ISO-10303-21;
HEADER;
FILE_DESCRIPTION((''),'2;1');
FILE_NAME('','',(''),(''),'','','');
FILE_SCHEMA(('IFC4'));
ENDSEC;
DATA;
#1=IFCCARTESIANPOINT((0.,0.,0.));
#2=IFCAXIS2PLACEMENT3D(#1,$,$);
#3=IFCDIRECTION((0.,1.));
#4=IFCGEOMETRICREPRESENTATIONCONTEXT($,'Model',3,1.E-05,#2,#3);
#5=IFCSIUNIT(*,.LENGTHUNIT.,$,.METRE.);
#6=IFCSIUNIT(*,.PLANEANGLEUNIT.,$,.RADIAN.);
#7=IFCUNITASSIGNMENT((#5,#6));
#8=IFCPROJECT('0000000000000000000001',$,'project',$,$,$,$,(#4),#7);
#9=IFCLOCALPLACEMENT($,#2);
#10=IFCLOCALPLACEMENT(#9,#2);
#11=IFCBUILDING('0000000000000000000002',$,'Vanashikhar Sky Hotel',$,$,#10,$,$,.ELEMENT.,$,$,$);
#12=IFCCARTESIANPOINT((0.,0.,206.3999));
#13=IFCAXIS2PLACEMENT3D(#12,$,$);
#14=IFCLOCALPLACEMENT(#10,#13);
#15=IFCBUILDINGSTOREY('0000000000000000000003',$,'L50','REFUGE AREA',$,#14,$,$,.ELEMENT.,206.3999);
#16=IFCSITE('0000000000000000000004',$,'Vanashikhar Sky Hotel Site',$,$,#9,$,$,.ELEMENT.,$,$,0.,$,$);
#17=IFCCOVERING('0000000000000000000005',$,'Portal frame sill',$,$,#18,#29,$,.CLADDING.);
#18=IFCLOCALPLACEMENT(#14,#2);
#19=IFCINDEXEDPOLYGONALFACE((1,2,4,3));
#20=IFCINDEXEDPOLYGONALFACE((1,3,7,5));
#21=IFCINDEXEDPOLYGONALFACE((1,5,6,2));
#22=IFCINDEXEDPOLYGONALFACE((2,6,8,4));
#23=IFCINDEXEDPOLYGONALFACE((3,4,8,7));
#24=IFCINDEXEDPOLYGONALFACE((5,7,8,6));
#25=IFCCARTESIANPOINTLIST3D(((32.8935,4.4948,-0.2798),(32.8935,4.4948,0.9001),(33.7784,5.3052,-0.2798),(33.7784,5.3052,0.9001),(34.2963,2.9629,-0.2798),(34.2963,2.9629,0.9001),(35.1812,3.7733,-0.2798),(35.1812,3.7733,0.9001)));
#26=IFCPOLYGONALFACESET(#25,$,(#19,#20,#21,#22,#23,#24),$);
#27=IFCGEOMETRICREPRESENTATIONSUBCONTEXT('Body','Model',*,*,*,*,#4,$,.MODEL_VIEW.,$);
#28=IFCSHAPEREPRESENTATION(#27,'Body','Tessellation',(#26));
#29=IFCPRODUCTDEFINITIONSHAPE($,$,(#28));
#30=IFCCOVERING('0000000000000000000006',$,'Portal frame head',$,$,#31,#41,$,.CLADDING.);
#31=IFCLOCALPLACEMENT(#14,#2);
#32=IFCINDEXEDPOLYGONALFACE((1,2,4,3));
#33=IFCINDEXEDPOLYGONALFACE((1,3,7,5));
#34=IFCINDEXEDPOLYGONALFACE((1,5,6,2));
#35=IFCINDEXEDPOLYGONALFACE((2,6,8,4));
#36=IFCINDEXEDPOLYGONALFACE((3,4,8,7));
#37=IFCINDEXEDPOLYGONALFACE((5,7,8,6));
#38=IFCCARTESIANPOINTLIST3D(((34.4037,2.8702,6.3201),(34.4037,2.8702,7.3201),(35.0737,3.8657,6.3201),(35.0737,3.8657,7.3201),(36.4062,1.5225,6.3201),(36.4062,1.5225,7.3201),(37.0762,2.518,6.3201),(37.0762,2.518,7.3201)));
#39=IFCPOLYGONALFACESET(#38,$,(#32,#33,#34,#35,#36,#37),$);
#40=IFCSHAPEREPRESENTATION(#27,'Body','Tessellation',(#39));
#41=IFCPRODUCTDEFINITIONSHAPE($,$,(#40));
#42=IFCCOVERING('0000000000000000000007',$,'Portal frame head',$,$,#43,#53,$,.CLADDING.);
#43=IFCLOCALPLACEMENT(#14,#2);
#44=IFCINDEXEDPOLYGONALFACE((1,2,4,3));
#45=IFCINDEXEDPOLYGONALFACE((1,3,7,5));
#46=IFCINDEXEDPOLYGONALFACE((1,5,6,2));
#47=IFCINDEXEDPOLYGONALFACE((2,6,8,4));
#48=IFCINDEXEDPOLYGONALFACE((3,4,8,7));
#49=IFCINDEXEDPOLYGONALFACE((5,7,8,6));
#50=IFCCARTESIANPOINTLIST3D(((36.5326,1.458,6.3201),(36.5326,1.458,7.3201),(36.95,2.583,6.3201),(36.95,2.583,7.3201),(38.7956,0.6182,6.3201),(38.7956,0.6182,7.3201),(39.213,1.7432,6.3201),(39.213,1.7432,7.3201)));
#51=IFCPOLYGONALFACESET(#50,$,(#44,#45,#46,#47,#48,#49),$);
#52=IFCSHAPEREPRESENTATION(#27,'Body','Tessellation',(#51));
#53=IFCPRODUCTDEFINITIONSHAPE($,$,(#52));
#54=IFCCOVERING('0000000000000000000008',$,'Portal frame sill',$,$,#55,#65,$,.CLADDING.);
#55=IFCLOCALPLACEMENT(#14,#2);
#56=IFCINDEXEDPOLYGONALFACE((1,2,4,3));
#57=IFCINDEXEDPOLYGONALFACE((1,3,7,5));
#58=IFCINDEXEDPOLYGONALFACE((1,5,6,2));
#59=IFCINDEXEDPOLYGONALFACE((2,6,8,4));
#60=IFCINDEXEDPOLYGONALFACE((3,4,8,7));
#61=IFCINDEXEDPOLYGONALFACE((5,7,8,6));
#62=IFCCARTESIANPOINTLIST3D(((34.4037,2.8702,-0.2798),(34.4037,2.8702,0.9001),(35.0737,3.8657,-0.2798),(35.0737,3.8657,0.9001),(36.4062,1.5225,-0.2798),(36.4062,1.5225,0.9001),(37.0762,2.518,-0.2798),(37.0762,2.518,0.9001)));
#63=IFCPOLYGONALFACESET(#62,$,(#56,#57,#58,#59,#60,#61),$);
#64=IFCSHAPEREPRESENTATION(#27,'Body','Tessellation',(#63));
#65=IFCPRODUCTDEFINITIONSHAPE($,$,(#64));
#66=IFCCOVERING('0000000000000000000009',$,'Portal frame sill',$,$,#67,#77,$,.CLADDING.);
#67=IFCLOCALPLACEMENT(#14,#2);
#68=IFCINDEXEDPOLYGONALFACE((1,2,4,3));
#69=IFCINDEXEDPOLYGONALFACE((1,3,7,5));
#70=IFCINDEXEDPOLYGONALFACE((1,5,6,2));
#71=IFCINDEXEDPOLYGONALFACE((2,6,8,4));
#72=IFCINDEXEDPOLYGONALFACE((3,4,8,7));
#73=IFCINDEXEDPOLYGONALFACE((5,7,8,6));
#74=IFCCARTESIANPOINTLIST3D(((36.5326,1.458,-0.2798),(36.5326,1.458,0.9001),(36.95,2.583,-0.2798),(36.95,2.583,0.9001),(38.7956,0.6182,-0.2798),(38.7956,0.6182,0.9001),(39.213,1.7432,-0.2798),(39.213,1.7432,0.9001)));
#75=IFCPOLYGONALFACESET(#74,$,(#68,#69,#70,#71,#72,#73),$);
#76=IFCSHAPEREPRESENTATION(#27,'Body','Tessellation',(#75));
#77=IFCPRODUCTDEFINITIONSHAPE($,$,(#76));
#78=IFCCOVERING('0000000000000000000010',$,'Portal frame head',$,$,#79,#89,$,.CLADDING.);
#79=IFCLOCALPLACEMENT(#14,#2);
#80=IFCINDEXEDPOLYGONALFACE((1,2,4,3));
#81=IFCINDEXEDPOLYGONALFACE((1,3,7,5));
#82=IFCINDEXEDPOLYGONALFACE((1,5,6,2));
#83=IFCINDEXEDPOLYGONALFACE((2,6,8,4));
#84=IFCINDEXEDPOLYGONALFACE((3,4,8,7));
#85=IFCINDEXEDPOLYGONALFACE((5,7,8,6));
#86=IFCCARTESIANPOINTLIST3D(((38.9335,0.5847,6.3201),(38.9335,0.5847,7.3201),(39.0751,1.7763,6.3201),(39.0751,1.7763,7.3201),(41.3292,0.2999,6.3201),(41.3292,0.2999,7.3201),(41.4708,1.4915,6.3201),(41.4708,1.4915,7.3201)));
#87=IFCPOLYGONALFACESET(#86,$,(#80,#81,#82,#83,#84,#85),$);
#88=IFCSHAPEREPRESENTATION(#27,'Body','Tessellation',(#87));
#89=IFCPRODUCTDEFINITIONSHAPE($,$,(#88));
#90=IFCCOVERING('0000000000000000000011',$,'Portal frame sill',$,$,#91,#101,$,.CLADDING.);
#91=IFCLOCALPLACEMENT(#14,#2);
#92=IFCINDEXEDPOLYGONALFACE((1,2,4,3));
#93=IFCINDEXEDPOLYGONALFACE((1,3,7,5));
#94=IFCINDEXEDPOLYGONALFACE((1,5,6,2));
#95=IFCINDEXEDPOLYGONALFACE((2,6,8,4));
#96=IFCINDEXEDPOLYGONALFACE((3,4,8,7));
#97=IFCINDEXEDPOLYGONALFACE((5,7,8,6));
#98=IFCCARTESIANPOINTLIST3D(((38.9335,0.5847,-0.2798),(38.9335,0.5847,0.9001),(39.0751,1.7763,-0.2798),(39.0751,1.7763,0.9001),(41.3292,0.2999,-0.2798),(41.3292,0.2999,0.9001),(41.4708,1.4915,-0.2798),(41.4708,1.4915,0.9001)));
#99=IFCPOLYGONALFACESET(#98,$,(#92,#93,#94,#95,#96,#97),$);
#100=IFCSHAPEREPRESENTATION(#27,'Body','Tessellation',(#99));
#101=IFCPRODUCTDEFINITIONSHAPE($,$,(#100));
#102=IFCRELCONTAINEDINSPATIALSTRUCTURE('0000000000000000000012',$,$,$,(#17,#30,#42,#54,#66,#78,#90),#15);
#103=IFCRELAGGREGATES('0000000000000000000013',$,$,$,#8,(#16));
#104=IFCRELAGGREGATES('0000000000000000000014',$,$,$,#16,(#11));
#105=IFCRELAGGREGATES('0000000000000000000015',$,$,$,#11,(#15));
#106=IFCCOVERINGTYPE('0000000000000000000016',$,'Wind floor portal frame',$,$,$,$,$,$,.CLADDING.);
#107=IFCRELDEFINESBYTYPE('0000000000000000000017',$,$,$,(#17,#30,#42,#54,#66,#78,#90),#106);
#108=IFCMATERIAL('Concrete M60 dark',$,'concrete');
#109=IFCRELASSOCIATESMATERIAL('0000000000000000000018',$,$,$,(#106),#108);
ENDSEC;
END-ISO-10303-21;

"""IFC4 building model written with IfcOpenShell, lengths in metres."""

from ifc_helpers import new_model, si_unit, direction, frame, origin, origin_2d, place, context, subcontext, project, spatial, rectangle, extrude, source, transform, mapped, material, type_object, element, save


model = new_model("IFC4")

# Units and contexts
model_context = context("Model", 3, precision=1e-05, world=origin(), true_north=direction((0.0, 1.0)))
body_context = subcontext(model_context, "Body", "Model", "MODEL_VIEW")
ifc_project = project(units=[si_unit("LENGTHUNIT", "METRE"), si_unit("PLANEANGLEUNIT", "RADIAN")], contexts=[model_context])

# Site, building, storey
site_placement = place(None, origin())
site = spatial("IfcSite", under=ifc_project, at=site_placement, Name="Vanashikhar Sky Hotel Site", CompositionType="ELEMENT", RefElevation=0.0)
building_placement = place(site_placement, origin())
building = spatial("IfcBuilding", under=site, at=building_placement, Name="Vanashikhar Sky Hotel", CompositionType="ELEMENT")
storey_placement = place(building_placement, frame((0.0, 0.0, 206.3999)))
storey = spatial("IfcBuildingStorey", under=building, at=storey_placement, Name="L50", Description="REFUGE AREA", CompositionType="ELEMENT", Elevation=206.3999)

# Coverings
ifc_material_1 = material(Name="Concrete M60 dark", Category="concrete")
covering_type = type_object("IfcCoveringType", Name="Wind floor portal frame", PredefinedType="CLADDING", material=ifc_material_1)
shared_shape_1 = source(origin(), body_context, "Body", "SweptSolid", [
    extrude(rectangle(XDim=2.0771, YDim=1.2, at=origin_2d()), origin(), (0.0, 0.0, 1.0), 1.1799),
])
covering_1_placement = place(storey_placement, frame((34.0374, 4.134, -0.2798), z_axis=(0.0, 0.0, 1.0), x_axis=(0.675346, -0.737501, 0.0)))
element("IfcCovering", 1, at=covering_1_placement, inside=storey, type_object=covering_type, Name="Portal frame sill", PredefinedType="CLADDING", context=body_context, shape_type="MappedRepresentation", body=[
    mapped(shared_shape_1, transform((0.0, 0.0, 0.0), scale=1.0)),
])
shared_shape_2 = source(origin(), body_context, "Body", "SweptSolid", [
    extrude(rectangle(XDim=2.4138, YDim=1.2, at=origin_2d()), origin(), (0.0, 0.0, 1.0), 1.0),
])
for number, where, z_axis, x_axis, name in (
    (2, (35.74, 2.6941, 6.3201), (0.0, 0.0, 1.0), (0.829603, -0.558353, 0.0), "Portal frame head"),
    (3, (37.8728, 1.6006, 6.3201), (0.0, 0.0, 1.0), (0.937531, -0.347901, 0.0), "Portal frame head"),
):
    element("IfcCovering", number, at=place(storey_placement, frame(where, z_axis=z_axis, x_axis=x_axis)), inside=storey, type_object=covering_type, Name=name, PredefinedType="CLADDING", context=body_context, shape_type="MappedRepresentation", body=[
        mapped(shared_shape_2, transform((0.0, 0.0, 0.0), scale=1.0)),
    ])
shared_shape_3 = source(origin(), body_context, "Body", "SweptSolid", [
    extrude(rectangle(XDim=2.4138, YDim=1.2, at=origin_2d()), origin(), (0.0, 0.0, 1.0), 1.1799),
])
for number, where, z_axis, x_axis, name in (
    (4, (35.74, 2.6941, -0.2798), (0.0, 0.0, 1.0), (0.829603, -0.558353, 0.0), "Portal frame sill"),
    (5, (37.8728, 1.6006, -0.2798), (0.0, 0.0, 1.0), (0.937531, -0.347901, 0.0), "Portal frame sill"),
):
    element("IfcCovering", number, at=place(storey_placement, frame(where, z_axis=z_axis, x_axis=x_axis)), inside=storey, type_object=covering_type, Name=name, PredefinedType="CLADDING", context=body_context, shape_type="MappedRepresentation", body=[
        mapped(shared_shape_3, transform((0.0, 0.0, 0.0), scale=1.0)),
    ])
shared_shape_4 = source(origin(), body_context, "Body", "SweptSolid", [
    extrude(rectangle(XDim=2.4126, YDim=1.2, at=origin_2d()), origin(), (0.0, 0.0, 1.0), 1.0),
])
covering_2_placement = place(storey_placement, frame((40.2021, 1.0381, 6.3201), z_axis=(0.0, 0.0, 1.0), x_axis=(0.993009, -0.11804, 0.0)))
element("IfcCovering", 6, at=covering_2_placement, inside=storey, type_object=covering_type, Name="Portal frame head", PredefinedType="CLADDING", context=body_context, shape_type="MappedRepresentation", body=[
    mapped(shared_shape_4, transform((0.0, 0.0, 0.0), scale=1.0)),
])
shared_shape_5 = source(origin(), body_context, "Body", "SweptSolid", [
    extrude(rectangle(XDim=2.4126, YDim=1.2, at=origin_2d()), origin(), (0.0, 0.0, 1.0), 1.1799),
])
covering_3_placement = place(storey_placement, frame((40.2021, 1.0381, -0.2798), z_axis=(0.0, 0.0, 1.0), x_axis=(0.993009, -0.11804, 0.0)))
element("IfcCovering", 7, at=covering_3_placement, inside=storey, type_object=covering_type, Name="Portal frame sill", PredefinedType="CLADDING", context=body_context, shape_type="MappedRepresentation", body=[
    mapped(shared_shape_5, transform((0.0, 0.0, 0.0), scale=1.0)),
])

save(model, "model.ifc")
